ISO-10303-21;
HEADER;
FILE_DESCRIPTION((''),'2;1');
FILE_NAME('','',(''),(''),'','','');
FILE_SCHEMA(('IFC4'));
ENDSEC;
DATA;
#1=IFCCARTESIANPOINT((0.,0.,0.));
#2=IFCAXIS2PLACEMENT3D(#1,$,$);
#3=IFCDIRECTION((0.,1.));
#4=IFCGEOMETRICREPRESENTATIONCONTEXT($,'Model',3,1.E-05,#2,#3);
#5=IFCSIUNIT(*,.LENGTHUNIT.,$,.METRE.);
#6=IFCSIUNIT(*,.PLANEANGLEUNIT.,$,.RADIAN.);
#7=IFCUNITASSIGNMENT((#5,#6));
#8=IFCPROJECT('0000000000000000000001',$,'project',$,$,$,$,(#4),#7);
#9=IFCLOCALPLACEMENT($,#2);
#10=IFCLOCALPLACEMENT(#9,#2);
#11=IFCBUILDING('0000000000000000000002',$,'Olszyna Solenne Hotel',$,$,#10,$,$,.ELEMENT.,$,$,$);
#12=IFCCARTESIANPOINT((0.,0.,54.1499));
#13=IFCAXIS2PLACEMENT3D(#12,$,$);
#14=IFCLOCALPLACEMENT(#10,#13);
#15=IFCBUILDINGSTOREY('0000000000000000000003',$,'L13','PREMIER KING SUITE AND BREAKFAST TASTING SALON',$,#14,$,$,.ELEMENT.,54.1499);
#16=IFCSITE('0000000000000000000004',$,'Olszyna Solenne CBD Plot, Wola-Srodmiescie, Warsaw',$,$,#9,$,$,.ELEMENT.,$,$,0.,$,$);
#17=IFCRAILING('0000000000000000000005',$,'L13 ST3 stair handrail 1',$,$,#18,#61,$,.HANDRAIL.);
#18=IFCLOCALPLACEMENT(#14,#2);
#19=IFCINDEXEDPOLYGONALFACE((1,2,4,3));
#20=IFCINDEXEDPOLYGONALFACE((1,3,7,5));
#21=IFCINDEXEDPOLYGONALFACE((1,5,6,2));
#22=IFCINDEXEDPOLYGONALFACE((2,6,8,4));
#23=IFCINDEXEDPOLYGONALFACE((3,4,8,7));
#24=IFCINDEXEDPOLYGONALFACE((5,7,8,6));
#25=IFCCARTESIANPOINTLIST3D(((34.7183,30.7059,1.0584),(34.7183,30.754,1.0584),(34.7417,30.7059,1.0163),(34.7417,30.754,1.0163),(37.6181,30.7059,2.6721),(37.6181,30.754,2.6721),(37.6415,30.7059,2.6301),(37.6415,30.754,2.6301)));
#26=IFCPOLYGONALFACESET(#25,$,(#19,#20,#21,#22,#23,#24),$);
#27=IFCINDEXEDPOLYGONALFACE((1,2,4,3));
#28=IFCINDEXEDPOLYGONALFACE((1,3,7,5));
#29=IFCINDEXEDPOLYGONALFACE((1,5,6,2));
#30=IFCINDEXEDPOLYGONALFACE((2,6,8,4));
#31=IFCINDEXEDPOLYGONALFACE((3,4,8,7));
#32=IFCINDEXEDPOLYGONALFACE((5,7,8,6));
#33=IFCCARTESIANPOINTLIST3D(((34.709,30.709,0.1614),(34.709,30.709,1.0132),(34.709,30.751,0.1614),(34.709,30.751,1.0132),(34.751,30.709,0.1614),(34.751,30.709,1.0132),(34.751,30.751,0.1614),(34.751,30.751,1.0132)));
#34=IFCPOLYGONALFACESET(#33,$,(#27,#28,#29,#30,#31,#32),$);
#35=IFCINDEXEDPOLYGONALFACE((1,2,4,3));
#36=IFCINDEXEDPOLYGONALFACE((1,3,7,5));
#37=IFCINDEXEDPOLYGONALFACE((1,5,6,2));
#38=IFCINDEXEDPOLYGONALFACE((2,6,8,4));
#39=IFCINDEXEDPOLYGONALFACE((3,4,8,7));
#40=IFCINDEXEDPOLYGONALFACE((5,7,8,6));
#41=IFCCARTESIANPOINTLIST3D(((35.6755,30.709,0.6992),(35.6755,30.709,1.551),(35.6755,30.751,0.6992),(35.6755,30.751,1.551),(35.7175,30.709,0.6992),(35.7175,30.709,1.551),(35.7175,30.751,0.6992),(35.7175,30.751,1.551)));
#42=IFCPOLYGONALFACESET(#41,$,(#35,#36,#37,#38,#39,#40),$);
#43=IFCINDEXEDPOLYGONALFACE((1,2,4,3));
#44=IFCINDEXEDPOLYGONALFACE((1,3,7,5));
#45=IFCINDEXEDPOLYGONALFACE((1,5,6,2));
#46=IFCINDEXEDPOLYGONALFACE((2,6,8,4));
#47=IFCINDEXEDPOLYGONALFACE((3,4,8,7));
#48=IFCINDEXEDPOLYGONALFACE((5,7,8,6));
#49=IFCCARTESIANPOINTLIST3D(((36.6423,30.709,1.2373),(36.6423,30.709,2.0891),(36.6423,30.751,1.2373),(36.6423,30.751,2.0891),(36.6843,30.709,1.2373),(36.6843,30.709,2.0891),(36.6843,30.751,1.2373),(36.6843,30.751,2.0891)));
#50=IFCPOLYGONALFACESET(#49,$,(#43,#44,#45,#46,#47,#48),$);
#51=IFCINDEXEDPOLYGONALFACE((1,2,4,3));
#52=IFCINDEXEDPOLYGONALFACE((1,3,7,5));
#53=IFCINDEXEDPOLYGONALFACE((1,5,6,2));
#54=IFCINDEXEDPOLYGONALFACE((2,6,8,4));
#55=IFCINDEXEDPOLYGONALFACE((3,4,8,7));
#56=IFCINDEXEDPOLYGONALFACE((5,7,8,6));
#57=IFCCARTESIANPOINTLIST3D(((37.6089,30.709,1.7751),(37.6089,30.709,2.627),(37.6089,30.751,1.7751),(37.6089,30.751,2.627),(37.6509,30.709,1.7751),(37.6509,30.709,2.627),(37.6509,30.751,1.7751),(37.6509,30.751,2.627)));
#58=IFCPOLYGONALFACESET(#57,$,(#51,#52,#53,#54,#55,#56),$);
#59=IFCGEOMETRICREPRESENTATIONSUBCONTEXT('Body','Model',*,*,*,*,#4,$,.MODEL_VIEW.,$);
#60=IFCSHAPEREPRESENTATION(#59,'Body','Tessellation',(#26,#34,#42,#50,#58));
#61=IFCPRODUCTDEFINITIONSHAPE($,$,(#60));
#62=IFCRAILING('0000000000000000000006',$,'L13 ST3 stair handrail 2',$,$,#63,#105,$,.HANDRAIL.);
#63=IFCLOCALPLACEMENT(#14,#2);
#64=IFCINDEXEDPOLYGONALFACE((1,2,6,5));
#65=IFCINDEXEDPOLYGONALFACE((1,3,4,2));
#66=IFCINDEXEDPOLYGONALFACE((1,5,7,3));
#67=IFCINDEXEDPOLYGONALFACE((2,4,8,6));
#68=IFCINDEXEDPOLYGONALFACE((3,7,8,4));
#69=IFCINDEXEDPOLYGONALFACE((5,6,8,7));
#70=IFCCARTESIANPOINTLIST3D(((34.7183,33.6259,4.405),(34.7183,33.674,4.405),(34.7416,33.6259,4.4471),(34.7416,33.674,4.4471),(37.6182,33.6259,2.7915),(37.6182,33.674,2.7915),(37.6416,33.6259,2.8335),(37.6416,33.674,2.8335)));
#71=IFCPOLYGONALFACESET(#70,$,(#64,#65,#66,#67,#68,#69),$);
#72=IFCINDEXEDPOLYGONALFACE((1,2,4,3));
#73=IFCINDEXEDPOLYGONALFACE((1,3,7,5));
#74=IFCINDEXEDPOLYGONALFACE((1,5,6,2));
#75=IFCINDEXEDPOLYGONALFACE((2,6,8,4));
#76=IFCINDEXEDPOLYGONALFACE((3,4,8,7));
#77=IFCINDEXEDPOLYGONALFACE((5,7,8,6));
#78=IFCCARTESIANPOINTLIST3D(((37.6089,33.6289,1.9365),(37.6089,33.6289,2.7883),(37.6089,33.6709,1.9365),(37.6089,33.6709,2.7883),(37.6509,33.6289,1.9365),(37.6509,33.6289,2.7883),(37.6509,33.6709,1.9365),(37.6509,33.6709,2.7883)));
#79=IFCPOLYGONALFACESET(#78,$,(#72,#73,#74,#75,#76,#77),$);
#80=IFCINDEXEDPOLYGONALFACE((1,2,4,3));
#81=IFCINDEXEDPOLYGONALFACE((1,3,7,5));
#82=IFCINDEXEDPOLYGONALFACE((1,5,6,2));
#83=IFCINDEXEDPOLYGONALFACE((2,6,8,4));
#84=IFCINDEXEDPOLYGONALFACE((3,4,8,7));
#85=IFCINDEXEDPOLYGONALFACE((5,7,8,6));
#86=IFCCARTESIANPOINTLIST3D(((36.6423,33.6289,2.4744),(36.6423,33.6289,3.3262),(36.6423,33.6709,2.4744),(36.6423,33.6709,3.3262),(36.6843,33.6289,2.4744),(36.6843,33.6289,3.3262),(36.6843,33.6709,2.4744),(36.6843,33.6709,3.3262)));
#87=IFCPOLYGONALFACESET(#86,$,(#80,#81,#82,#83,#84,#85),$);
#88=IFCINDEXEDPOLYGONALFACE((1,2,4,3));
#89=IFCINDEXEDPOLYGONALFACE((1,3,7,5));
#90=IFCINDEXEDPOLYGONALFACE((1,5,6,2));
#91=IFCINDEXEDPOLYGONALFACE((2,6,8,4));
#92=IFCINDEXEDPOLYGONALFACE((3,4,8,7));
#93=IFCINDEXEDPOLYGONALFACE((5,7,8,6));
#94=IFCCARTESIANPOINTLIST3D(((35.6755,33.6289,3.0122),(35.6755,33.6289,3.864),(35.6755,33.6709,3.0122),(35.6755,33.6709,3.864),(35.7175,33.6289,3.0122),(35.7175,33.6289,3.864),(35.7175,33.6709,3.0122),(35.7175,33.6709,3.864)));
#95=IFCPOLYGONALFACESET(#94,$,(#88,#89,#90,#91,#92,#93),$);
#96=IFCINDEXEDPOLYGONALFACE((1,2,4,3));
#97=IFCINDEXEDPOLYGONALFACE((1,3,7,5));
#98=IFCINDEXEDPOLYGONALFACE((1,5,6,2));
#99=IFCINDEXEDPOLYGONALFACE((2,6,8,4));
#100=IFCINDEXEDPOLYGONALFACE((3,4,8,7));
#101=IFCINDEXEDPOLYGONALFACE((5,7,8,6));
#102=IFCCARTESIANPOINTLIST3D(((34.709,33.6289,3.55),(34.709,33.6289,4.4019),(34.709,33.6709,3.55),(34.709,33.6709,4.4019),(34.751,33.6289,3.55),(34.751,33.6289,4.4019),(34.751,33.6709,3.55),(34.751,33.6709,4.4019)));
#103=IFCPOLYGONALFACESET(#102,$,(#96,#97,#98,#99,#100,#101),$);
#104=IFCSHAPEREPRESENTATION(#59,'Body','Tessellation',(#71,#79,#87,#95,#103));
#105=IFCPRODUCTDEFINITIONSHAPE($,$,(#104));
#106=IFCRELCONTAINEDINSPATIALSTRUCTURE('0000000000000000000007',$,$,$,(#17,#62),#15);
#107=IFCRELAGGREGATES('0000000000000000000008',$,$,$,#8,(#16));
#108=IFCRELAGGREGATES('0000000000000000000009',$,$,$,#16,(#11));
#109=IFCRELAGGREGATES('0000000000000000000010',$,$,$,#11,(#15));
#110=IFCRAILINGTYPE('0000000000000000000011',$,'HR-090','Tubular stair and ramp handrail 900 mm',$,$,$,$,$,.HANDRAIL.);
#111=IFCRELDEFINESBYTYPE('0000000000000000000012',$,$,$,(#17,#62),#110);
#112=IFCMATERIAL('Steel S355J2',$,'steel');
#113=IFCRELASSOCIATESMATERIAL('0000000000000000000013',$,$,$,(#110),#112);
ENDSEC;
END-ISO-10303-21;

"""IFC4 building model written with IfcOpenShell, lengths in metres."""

from ifc_helpers import new_model, si_unit, direction, frame, origin, origin_2d, place, context, subcontext, project, spatial, rectangle, extrude, material, type_object, element, save


model = new_model("IFC4")

# Units and contexts
model_context = context("Model", 3, precision=1e-05, world=origin(), true_north=direction((0.0, 1.0)))
body_context = subcontext(model_context, "Body", "Model", "MODEL_VIEW")
ifc_project = project(units=[si_unit("LENGTHUNIT", "METRE"), si_unit("PLANEANGLEUNIT", "RADIAN")], contexts=[model_context])

# Site, building, storey
site_placement = place(None, origin())
site = spatial("IfcSite", under=ifc_project, at=site_placement, Name="Olszyna Solenne CBD Plot, Wola-Srodmiescie, Warsaw", CompositionType="ELEMENT", RefElevation=0.0)
building_placement = place(site_placement, origin())
building = spatial("IfcBuilding", under=site, at=building_placement, Name="Olszyna Solenne Hotel", CompositionType="ELEMENT")
storey_placement = place(building_placement, frame((0.0, 0.0, 54.1499)))
storey = spatial("IfcBuildingStorey", under=building, at=storey_placement, Name="L13", Description="PREMIER KING SUITE AND BREAKFAST TASTING SALON", CompositionType="ELEMENT", Elevation=54.1499)

# Shared definitions
ifc_material_1 = material(Name="Steel S355J2", Category="steel")

# Railings
railing_type_1 = type_object("IfcRailingType", Name="HR-090", Description="Tubular stair and ramp handrail 900 mm", PredefinedType="HANDRAIL", material=ifc_material_1)
railing_1_placement = place(storey_placement, frame((34.73, 30.73, 0.1614)))
element("IfcRailing", 1, at=railing_1_placement, inside=storey, type_object=railing_type_1, Name="L13 ST3 stair handrail 1", PredefinedType="HANDRAIL", context=body_context, shape_type="SweptSolid", body=[
    extrude(rectangle(XDim=0.0481, YDim=0.0481, at=origin_2d()), frame((0.0, 0.0, 0.876), z_axis=(0.87381, 0.0, 0.486267), x_axis=(0.0, 1.0, 0.0)), (0.0, 0.0, 1.0), 3.3186),
    extrude(rectangle(XDim=0.042, YDim=0.042, at=origin_2d()), origin(), (0.0, 0.0, 1.0), 0.8518),
    extrude(rectangle(XDim=0.042, YDim=0.042, at=origin_2d()), frame((0.9666, 0.0, 0.5378)), (0.0, 0.0, 1.0), 0.8518),
    extrude(rectangle(XDim=0.042, YDim=0.042, at=origin_2d()), frame((1.9333, 0.0, 1.0759)), (0.0, 0.0, 1.0), 0.8518),
    extrude(rectangle(XDim=0.042, YDim=0.042, at=origin_2d()), frame((2.8999, 0.0, 1.6138)), (0.0, 0.0, 1.0), 0.8518),
])
railing_2_placement = place(storey_placement, frame((37.6299, 33.6499, 1.9365)))
element("IfcRailing", 2, at=railing_2_placement, inside=storey, type_object=railing_type_1, Name="L13 ST3 stair handrail 2", PredefinedType="HANDRAIL", context=body_context, shape_type="SweptSolid", body=[
    extrude(rectangle(XDim=0.0481, YDim=0.0481, at=origin_2d()), frame((0.0, 0.0, 0.876), z_axis=(-0.873841, 0.0, 0.486211), x_axis=(0.0, -1.0, 0.0)), (0.0, 0.0, 1.0), 3.3186),
    extrude(rectangle(XDim=0.042, YDim=0.042, at=origin_2d()), origin(), (0.0, 0.0, 1.0), 0.8518),
    extrude(rectangle(XDim=0.042, YDim=0.042, at=origin_2d()), frame((-0.9666, 0.0, 0.5378)), (0.0, 0.0, 1.0), 0.8518),
    extrude(rectangle(XDim=0.042, YDim=0.042, at=origin_2d()), frame((-1.9333, 0.0, 1.0757)), (0.0, 0.0, 1.0), 0.8518),
    extrude(rectangle(XDim=0.042, YDim=0.042, at=origin_2d()), frame((-2.8999, 0.0, 1.6135)), (0.0, 0.0, 1.0), 0.8518),
])

save(model, "model.ifc")
